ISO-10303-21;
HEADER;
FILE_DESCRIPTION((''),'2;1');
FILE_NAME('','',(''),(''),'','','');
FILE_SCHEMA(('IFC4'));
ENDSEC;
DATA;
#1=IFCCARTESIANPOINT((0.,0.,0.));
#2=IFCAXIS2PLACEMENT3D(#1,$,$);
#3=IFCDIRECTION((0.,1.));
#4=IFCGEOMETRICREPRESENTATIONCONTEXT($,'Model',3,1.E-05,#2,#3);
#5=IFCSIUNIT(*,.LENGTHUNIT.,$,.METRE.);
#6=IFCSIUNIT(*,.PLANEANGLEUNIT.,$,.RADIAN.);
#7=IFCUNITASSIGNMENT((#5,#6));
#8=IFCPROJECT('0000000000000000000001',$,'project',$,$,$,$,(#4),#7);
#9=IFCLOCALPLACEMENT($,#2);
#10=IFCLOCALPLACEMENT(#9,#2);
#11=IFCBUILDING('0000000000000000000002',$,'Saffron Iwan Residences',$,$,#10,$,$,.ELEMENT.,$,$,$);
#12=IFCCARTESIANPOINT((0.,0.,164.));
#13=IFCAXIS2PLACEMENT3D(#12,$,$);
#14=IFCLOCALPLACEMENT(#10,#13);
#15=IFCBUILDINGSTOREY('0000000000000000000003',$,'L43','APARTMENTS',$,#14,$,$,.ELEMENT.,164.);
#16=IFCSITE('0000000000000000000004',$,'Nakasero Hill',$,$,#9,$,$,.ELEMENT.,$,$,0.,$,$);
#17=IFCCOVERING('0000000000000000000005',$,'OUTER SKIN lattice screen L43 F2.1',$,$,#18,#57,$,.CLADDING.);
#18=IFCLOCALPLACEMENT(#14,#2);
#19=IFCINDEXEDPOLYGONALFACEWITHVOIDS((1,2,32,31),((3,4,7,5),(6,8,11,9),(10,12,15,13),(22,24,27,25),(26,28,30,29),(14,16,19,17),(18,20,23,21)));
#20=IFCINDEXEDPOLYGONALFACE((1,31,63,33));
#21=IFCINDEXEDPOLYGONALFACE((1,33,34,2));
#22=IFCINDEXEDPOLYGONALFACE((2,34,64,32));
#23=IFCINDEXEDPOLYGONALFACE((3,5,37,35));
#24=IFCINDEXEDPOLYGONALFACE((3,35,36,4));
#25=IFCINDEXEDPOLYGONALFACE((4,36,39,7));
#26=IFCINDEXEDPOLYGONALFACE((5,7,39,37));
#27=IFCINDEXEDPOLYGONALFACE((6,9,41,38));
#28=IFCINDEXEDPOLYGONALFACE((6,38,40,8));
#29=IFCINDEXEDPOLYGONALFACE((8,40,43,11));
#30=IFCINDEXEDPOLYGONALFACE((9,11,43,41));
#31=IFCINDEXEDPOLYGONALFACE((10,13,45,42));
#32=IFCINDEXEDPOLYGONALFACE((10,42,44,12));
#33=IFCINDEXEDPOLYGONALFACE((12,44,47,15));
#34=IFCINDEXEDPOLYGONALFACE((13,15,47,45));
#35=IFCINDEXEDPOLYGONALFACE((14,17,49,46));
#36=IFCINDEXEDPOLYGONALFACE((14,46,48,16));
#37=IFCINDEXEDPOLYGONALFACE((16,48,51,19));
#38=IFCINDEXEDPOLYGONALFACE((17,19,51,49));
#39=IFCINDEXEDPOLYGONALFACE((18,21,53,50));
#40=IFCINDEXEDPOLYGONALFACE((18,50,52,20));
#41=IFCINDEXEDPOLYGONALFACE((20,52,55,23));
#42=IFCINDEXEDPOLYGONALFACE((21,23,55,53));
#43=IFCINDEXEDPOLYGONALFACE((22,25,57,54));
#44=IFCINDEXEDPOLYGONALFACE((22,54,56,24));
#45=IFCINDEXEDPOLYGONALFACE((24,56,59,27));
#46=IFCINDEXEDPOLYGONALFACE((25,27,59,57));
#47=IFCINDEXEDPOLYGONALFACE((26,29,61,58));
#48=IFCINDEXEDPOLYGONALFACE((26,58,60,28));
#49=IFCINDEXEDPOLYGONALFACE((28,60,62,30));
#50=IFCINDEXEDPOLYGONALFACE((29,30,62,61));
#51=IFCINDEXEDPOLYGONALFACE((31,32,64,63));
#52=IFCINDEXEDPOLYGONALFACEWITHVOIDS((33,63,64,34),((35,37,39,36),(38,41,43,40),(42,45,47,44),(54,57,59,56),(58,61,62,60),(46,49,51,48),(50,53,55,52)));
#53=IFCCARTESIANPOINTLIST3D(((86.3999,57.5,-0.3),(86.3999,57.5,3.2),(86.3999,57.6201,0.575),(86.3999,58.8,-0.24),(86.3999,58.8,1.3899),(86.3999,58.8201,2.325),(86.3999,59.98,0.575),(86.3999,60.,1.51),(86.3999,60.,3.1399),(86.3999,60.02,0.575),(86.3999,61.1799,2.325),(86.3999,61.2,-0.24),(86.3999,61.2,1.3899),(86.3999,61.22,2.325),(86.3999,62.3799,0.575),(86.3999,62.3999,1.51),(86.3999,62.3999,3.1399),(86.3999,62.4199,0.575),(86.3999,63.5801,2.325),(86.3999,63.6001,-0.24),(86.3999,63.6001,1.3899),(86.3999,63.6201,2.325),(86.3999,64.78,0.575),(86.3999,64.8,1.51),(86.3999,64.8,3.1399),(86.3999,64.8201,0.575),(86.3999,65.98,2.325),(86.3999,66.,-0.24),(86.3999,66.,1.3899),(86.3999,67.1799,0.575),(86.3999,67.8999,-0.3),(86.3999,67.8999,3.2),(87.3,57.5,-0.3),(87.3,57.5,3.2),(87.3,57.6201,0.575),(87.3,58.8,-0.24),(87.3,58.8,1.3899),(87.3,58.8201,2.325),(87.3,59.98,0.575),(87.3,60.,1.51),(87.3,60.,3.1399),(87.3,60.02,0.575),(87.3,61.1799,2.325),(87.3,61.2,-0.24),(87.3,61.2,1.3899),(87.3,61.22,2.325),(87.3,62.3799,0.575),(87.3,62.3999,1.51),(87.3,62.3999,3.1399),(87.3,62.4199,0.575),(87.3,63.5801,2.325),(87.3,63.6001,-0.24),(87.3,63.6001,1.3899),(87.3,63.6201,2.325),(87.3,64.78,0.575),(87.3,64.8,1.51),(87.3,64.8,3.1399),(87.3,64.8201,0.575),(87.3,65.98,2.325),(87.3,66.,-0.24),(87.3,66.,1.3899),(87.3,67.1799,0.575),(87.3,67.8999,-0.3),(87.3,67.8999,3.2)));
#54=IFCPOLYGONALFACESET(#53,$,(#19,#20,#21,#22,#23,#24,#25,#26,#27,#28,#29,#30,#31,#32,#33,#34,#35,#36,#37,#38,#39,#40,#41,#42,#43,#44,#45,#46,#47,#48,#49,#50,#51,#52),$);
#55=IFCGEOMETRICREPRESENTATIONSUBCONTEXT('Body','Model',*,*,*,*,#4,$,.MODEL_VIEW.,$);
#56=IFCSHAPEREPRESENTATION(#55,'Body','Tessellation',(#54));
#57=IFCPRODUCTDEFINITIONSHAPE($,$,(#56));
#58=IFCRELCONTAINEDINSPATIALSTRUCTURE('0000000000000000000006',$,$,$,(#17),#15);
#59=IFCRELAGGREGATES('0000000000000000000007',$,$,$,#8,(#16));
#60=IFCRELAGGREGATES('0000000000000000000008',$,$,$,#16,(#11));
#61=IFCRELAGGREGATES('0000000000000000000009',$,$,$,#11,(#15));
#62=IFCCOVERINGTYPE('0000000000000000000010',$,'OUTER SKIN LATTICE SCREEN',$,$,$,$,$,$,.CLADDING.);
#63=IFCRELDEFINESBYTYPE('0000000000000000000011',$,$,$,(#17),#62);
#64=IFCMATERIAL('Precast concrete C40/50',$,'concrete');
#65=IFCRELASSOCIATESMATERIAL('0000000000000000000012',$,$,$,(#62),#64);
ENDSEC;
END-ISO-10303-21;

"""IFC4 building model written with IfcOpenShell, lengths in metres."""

from ifc_helpers import new_model, si_unit, direction, frame, origin, place, context, subcontext, project, spatial, polyline, outline, extrude, material, type_object, element, save


model = new_model("IFC4")

# Units and contexts
model_context = context("Model", 3, precision=1e-05, world=origin(), true_north=direction((0.0, 1.0)))
body_context = subcontext(model_context, "Body", "Model", "MODEL_VIEW")
ifc_project = project(units=[si_unit("LENGTHUNIT", "METRE"), si_unit("PLANEANGLEUNIT", "RADIAN")], contexts=[model_context])

# Site, building, storey
site_placement = place(None, origin())
site = spatial("IfcSite", under=ifc_project, at=site_placement, Name="Nakasero Hill", CompositionType="ELEMENT", RefElevation=0.0)
building_placement = place(site_placement, origin())
building = spatial("IfcBuilding", under=site, at=building_placement, Name="Saffron Iwan Residences", CompositionType="ELEMENT")
storey_placement = place(building_placement, frame((0.0, 0.0, 164.0)))
storey = spatial("IfcBuildingStorey", under=building, at=storey_placement, Name="L43", Description="APARTMENTS", CompositionType="ELEMENT", Elevation=164.0)

# Covering
ifc_material_1 = material(Name="Precast concrete C40/50", Category="concrete")
covering_type = type_object("IfcCoveringType", Name="OUTER SKIN LATTICE SCREEN", PredefinedType="CLADDING", material=ifc_material_1)
covering_placement = place(storey_placement, frame((86.3999, 57.5, -0.3), z_axis=(1.0, 0.0, 0.0), x_axis=(0.0, 1.0, 0.0)))
element("IfcCovering", 1, at=covering_placement, inside=storey, type_object=covering_type, Name="OUTER SKIN lattice screen L43 F2.1", PredefinedType="CLADDING", context=body_context, shape_type="SweptSolid", body=[
    extrude(outline(polyline([(0.0, 0.0), (10.3999, 0.0), (10.3999, 3.5), (0.0, 3.5), (0.0, 0.0)]), holes=[polyline([(0.1201, 0.875), (1.3, 0.0601), (2.48, 0.875), (1.3, 1.6899), (0.1201, 0.875)]), polyline([(2.52, 0.875), (3.7, 0.0601), (4.8799, 0.875), (3.7, 1.6899), (2.52, 0.875)]), polyline([(4.9199, 0.875), (6.1001, 0.0601), (7.28, 0.875), (6.1001, 1.6899), (4.9199, 0.875)]), polyline([(7.3201, 0.875), (8.5, 0.0601), (9.6799, 0.875), (8.5, 1.6899), (7.3201, 0.875)]), polyline([(1.3201, 2.625), (2.5, 1.8101), (3.6799, 2.625), (2.5, 3.4399), (1.3201, 2.625)]), polyline([(3.72, 2.625), (4.8999, 1.8101), (6.0801, 2.625), (4.8999, 3.4399), (3.72, 2.625)]), polyline([(6.1201, 2.625), (7.3, 1.8101), (8.48, 2.625), (7.3, 3.4399), (6.1201, 2.625)])]), origin(), (0.0, 0.0, 1.0), 0.9001),
])

save(model, "model.ifc")
